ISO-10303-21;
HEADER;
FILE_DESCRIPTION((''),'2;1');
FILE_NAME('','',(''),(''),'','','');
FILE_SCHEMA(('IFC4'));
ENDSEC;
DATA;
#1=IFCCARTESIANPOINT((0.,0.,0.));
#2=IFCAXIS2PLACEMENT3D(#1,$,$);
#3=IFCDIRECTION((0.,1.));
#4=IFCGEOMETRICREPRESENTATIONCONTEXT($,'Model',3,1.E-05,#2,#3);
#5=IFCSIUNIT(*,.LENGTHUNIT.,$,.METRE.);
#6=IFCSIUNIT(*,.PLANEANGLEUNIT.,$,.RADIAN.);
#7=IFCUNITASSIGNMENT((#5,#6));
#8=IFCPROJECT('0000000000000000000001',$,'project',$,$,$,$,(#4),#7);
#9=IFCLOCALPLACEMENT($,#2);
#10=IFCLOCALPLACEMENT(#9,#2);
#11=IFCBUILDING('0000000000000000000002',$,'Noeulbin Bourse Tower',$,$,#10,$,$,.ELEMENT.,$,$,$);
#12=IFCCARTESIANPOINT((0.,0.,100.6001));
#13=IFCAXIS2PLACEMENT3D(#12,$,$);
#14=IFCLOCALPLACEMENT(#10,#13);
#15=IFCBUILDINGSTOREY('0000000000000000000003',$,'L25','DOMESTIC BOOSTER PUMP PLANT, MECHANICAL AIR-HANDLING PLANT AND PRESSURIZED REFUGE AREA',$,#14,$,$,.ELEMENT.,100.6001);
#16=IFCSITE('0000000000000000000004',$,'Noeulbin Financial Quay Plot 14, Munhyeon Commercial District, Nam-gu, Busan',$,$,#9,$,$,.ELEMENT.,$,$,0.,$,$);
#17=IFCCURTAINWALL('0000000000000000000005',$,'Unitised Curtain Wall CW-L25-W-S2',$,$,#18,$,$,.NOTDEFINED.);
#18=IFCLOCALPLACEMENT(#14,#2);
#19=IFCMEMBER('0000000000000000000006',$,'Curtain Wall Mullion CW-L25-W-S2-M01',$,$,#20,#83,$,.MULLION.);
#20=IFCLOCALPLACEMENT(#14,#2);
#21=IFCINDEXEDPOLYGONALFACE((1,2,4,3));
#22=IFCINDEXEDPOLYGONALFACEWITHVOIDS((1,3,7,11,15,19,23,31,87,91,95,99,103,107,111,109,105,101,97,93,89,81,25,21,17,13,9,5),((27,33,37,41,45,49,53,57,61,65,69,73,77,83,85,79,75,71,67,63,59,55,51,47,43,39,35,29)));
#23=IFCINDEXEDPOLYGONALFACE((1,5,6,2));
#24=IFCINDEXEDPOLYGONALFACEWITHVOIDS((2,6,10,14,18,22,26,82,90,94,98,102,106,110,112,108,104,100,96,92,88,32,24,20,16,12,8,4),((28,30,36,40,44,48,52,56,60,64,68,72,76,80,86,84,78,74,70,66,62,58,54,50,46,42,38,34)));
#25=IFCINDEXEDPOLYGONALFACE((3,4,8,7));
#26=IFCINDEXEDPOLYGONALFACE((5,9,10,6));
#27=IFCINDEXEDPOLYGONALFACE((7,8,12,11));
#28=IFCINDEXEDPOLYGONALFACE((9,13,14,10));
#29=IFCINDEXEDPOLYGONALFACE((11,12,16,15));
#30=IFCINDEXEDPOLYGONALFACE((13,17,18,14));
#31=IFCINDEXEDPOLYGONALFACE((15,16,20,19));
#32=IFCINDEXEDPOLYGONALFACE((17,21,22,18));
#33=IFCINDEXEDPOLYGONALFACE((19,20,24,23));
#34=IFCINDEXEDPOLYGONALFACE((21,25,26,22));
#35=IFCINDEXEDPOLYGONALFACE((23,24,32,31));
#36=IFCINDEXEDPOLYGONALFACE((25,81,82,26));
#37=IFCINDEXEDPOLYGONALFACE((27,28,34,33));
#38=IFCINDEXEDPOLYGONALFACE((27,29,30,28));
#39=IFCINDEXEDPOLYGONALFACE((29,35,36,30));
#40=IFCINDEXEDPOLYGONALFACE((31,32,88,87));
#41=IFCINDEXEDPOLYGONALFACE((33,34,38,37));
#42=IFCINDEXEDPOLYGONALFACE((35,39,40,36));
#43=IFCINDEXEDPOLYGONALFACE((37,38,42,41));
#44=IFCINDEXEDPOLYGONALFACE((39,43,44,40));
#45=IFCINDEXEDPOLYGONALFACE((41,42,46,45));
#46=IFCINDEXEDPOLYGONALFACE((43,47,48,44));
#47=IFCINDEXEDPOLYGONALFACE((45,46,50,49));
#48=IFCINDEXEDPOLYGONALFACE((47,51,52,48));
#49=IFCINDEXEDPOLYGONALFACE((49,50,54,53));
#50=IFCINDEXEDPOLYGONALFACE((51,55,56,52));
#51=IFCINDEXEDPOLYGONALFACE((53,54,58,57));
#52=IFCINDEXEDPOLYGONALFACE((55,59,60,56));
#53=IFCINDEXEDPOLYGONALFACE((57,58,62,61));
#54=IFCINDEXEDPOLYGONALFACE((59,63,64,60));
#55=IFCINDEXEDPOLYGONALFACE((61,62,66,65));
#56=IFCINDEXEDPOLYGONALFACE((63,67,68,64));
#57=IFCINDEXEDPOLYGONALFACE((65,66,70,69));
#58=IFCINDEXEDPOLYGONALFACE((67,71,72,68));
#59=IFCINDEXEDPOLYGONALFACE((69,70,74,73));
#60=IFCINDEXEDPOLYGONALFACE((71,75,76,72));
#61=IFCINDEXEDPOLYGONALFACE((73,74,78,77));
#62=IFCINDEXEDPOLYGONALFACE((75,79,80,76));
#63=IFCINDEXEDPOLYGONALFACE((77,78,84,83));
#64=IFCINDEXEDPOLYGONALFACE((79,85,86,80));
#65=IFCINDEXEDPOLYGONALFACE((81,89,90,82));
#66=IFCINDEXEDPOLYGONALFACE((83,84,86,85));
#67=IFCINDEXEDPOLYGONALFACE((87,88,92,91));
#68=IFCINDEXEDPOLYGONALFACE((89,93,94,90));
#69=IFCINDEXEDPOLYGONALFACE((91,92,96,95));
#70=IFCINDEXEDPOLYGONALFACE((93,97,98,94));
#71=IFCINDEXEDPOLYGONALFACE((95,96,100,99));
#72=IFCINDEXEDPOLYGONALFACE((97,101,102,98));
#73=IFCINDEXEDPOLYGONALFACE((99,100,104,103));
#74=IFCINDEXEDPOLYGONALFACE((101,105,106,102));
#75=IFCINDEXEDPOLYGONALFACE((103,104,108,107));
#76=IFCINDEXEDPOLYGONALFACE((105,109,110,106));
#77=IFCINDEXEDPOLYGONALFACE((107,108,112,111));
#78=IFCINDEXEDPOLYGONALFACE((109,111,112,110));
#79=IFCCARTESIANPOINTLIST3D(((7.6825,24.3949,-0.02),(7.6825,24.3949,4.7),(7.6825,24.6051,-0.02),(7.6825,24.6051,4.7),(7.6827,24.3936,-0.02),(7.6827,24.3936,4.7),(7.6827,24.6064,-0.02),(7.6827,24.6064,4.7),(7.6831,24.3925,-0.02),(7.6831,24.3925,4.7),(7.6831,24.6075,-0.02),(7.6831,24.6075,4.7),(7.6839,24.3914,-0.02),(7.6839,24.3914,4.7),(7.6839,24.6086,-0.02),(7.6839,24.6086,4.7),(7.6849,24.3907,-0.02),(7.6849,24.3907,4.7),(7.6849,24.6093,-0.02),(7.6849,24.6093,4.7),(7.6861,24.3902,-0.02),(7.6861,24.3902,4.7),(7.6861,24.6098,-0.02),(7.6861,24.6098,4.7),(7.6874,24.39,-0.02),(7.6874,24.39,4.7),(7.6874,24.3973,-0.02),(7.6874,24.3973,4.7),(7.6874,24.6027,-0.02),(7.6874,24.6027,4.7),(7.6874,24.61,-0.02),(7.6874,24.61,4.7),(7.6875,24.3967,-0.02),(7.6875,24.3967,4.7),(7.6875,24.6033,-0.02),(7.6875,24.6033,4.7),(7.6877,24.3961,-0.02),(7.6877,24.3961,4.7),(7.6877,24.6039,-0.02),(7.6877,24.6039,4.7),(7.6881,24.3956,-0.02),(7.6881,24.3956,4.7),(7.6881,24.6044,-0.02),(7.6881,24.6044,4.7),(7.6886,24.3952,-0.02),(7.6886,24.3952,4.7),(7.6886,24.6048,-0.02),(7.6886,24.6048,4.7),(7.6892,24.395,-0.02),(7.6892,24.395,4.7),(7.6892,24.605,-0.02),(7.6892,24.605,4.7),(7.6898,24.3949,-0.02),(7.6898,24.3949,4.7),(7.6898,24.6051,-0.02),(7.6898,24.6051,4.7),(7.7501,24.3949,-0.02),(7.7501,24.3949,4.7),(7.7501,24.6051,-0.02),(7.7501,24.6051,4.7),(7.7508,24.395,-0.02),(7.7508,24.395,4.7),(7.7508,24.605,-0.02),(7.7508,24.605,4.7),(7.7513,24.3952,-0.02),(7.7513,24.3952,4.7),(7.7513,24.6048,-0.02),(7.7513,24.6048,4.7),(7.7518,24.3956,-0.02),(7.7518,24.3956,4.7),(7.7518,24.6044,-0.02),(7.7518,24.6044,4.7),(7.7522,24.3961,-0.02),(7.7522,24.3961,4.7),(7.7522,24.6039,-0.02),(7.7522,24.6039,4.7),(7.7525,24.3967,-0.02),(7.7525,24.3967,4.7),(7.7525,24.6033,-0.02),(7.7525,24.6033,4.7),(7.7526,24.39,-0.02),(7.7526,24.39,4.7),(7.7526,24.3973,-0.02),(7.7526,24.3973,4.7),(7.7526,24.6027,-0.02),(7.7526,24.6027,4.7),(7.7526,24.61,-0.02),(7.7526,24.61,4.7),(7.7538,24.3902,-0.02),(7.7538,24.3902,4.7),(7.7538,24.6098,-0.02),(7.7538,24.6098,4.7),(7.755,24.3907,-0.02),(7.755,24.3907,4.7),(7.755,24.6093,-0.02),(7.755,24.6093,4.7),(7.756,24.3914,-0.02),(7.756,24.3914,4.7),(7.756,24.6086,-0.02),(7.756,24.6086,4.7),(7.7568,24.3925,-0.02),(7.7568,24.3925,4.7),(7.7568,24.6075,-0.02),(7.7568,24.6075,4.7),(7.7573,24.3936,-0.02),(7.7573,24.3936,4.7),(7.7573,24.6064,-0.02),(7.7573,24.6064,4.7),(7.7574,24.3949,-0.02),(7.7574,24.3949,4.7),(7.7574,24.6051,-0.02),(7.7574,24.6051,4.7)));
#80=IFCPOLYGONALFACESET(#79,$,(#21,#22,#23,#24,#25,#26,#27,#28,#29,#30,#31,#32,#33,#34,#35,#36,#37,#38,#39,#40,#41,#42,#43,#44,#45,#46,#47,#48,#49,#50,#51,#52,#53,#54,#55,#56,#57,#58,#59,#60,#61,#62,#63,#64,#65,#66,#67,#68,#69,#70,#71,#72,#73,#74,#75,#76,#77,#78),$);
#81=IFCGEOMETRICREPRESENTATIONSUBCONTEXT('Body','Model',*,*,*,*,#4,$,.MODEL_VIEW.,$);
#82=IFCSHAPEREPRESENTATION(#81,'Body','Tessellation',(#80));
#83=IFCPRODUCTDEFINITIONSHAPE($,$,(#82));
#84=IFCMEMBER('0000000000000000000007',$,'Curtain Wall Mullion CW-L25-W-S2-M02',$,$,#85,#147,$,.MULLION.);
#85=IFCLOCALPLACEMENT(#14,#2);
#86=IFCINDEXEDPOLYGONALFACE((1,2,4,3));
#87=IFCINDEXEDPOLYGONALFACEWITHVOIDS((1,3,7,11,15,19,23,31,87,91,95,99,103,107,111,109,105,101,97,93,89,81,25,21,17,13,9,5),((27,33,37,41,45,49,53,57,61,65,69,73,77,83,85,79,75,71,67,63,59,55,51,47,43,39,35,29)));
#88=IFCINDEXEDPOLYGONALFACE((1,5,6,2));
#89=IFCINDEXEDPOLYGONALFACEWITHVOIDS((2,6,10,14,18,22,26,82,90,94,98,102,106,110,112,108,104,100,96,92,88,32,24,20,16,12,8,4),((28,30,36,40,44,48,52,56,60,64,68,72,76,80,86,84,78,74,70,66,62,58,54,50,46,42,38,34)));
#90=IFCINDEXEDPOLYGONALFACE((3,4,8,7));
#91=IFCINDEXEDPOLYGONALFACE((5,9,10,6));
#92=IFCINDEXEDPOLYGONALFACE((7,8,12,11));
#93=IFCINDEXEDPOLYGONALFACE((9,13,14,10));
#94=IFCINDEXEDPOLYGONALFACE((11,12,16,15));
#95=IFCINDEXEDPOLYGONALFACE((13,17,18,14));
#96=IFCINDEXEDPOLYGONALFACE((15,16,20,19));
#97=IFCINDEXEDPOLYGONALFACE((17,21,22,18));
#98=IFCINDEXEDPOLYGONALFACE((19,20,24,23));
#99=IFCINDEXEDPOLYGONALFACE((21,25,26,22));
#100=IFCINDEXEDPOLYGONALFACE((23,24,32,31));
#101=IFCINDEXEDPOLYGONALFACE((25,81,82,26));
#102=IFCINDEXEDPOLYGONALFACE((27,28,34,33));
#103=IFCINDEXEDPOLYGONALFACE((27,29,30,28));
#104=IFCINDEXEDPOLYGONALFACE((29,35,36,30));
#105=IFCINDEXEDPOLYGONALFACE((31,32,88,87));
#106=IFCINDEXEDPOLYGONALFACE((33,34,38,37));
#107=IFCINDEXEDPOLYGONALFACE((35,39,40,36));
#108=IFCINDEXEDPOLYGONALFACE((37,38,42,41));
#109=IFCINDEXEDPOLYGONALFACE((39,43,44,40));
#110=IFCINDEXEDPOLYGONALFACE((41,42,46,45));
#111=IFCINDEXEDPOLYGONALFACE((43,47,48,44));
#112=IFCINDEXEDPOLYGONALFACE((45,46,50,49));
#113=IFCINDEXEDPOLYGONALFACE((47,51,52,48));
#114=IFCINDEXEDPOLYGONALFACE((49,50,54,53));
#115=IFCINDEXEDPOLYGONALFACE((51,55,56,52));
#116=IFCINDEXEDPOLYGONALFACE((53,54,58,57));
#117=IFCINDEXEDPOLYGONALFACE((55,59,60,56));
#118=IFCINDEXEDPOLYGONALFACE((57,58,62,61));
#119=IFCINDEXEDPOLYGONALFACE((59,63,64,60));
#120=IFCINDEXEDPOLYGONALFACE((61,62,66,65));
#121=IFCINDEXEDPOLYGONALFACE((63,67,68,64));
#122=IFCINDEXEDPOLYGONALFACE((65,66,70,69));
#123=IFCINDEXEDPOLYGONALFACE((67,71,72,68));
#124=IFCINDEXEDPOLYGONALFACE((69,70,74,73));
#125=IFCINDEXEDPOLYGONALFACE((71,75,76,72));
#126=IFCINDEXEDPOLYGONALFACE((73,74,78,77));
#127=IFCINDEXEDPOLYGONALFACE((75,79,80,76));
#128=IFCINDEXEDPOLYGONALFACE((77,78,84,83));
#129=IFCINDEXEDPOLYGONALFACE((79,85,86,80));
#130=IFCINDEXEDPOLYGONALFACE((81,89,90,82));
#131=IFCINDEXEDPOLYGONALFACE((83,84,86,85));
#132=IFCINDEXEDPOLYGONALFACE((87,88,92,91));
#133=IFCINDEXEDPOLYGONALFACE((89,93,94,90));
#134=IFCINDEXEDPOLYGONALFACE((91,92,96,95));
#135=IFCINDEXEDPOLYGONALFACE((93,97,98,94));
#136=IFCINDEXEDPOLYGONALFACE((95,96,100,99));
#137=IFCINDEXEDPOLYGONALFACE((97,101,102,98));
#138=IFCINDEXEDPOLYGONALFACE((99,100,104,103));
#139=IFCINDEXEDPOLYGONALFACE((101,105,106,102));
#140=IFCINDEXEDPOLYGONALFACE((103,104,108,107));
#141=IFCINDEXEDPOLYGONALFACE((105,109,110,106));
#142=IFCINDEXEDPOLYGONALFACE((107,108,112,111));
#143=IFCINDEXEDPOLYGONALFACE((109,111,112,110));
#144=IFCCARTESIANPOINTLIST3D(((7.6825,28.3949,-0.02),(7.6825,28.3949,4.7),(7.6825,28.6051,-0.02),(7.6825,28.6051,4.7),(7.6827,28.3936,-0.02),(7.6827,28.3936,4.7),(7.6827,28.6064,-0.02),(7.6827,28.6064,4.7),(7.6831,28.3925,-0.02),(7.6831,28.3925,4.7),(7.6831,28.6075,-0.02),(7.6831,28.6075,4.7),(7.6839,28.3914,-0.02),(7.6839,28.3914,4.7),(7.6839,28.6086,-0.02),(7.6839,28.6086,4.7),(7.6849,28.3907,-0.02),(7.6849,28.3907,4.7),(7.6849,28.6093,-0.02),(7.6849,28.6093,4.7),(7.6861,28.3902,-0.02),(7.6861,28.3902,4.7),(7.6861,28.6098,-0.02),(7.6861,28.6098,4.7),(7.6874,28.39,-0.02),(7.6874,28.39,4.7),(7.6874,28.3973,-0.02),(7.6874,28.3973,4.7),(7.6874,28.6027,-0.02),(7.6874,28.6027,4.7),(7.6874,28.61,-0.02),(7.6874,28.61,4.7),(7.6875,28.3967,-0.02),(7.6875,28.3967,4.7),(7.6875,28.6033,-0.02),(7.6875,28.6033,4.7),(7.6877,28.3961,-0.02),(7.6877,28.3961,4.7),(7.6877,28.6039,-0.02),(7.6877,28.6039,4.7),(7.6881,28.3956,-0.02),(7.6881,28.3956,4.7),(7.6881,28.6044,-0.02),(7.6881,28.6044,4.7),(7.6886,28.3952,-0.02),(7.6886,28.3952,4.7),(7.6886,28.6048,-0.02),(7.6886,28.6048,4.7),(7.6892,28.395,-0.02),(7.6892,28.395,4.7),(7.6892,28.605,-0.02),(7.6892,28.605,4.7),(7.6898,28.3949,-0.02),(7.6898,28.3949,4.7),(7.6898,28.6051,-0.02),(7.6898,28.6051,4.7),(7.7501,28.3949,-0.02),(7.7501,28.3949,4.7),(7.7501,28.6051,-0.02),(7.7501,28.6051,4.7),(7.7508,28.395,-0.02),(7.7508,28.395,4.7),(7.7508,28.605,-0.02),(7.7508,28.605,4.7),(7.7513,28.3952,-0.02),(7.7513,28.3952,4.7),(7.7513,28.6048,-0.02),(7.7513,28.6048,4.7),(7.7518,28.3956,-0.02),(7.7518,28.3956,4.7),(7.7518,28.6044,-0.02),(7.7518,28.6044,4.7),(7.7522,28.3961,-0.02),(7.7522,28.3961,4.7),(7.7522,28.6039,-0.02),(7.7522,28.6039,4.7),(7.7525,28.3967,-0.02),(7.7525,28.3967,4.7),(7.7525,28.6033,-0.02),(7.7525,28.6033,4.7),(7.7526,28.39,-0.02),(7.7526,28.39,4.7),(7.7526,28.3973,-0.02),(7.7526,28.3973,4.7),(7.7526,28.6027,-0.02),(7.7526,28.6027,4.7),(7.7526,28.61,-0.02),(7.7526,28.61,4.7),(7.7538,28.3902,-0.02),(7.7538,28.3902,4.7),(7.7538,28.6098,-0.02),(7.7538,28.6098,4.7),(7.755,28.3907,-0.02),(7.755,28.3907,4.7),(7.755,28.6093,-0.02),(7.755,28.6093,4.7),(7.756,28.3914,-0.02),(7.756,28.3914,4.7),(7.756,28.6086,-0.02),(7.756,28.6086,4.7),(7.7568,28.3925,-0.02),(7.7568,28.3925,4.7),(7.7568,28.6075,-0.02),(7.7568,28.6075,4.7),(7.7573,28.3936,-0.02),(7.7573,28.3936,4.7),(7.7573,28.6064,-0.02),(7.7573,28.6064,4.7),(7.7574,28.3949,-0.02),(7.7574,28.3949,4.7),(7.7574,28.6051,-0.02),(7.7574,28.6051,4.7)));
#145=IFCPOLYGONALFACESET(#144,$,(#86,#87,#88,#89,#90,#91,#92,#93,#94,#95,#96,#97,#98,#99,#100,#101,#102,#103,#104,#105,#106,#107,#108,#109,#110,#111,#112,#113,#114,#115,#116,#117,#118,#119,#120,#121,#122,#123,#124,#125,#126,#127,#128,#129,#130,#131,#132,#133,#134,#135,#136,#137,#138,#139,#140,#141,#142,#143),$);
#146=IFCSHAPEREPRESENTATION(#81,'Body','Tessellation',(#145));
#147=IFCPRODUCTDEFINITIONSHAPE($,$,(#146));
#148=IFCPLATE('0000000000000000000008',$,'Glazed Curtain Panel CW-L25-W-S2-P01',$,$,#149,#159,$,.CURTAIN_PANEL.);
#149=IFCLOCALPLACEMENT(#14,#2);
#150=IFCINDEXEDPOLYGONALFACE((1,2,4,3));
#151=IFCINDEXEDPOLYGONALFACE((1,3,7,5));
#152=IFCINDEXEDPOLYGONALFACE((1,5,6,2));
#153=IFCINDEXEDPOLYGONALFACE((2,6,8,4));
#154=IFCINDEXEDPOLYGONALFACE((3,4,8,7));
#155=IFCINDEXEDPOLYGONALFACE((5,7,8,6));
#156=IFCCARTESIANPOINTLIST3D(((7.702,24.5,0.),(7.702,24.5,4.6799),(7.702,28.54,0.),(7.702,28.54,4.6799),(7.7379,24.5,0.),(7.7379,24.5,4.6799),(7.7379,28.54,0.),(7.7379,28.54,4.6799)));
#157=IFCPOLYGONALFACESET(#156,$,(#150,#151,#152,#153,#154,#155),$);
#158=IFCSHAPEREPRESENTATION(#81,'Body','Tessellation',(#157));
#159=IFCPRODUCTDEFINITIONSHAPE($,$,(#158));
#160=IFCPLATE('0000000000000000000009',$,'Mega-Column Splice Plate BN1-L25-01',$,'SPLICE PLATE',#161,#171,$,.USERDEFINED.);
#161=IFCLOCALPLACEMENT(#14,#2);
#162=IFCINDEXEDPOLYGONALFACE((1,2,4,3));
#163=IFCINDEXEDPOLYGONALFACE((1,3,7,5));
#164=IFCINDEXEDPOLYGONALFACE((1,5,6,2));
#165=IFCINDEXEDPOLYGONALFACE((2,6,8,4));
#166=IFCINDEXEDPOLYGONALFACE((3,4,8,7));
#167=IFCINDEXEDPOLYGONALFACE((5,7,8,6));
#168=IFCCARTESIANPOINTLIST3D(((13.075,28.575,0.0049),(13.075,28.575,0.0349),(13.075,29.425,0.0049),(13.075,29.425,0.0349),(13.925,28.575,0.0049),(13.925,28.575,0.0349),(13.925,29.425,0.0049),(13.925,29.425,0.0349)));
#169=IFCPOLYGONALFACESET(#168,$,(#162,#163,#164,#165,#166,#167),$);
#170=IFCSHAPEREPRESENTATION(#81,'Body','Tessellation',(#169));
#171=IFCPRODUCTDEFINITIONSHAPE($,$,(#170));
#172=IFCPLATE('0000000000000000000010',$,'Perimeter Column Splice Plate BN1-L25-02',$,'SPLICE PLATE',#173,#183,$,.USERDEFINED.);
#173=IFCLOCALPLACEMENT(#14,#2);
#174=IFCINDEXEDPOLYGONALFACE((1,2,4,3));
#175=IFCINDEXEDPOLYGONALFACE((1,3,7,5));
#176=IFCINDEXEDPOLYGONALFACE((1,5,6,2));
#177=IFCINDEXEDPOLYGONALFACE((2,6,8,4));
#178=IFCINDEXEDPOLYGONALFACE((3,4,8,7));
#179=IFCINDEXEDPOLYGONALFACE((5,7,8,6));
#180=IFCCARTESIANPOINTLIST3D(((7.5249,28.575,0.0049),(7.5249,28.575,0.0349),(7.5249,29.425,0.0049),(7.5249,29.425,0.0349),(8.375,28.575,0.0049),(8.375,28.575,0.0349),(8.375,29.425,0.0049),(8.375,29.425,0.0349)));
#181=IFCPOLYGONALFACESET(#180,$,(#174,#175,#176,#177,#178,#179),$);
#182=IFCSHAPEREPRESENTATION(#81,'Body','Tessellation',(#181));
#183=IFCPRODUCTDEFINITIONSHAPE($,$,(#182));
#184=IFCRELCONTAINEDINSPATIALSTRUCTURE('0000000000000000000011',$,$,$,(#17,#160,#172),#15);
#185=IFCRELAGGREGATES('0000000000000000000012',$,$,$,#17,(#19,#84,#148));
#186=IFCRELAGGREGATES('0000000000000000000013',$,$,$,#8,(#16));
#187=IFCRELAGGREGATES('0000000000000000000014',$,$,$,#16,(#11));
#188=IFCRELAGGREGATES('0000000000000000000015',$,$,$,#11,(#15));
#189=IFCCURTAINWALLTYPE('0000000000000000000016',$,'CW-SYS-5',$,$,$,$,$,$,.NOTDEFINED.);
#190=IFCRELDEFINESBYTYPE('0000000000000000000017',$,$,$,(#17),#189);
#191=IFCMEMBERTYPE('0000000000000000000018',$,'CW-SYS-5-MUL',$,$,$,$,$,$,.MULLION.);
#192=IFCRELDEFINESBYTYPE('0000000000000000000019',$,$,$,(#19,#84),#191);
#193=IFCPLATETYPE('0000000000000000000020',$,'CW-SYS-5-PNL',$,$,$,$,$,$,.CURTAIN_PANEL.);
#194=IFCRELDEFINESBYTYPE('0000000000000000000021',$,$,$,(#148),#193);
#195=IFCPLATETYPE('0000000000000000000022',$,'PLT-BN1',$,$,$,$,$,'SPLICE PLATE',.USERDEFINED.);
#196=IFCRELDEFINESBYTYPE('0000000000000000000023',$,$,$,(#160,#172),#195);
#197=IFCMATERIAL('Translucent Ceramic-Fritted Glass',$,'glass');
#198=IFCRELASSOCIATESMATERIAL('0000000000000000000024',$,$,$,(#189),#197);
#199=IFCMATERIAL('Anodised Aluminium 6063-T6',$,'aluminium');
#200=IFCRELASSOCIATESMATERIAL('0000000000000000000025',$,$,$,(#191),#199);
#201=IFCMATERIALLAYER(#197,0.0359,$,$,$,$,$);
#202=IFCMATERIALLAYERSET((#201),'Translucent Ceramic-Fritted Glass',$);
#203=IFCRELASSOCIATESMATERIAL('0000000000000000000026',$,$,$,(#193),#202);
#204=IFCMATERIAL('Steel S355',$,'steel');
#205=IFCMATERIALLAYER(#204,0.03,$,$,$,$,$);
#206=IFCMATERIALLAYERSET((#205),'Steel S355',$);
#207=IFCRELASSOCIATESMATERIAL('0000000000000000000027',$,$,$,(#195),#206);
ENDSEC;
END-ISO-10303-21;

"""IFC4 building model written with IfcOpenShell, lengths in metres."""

from ifc_helpers import new_model, si_unit, direction, frame, origin, origin_2d, place, context, subcontext, project, spatial, rectangle, hollow_rectangle, extrude, material, layer, layer_set, material_profile, profile_set, type_object, element, aggregate, save


model = new_model("IFC4")

# Units and contexts
model_context = context("Model", 3, precision=1e-05, world=origin(), true_north=direction((0.0, 1.0)))
body_context = subcontext(model_context, "Body", "Model", "MODEL_VIEW")
ifc_project = project(units=[si_unit("LENGTHUNIT", "METRE"), si_unit("PLANEANGLEUNIT", "RADIAN")], contexts=[model_context])

# Site, building, storey
site_placement = place(None, origin())
site = spatial("IfcSite", under=ifc_project, at=site_placement, Name="Noeulbin Financial Quay Plot 14, Munhyeon Commercial District, Nam-gu, Busan", CompositionType="ELEMENT", RefElevation=0.0)
building_placement = place(site_placement, origin())
building = spatial("IfcBuilding", under=site, at=building_placement, Name="Noeulbin Bourse Tower", CompositionType="ELEMENT")
storey_placement = place(building_placement, frame((0.0, 0.0, 100.6001)))
storey = spatial("IfcBuildingStorey", under=building, at=storey_placement, Name="L25", Description="DOMESTIC BOOSTER PUMP PLANT, MECHANICAL AIR-HANDLING PLANT AND PRESSURIZED REFUGE AREA", CompositionType="ELEMENT", Elevation=100.6001)

# Shared definitions
ifc_material_1 = material(Name="Steel S355", Category="steel")

# Curtain wall, members, plate
ifc_material_2 = material(Name="Translucent Ceramic-Fritted Glass", Category="glass")
curtain_wall_type = type_object("IfcCurtainWallType", Name="CW-SYS-5", PredefinedType="NOTDEFINED", material=ifc_material_2)
curtain_wall_placement = place(storey_placement, origin())
curtain_wall = element("IfcCurtainWall", 1, at=curtain_wall_placement, inside=storey, type_object=curtain_wall_type, Name="Unitised Curtain Wall CW-L25-W-S2", PredefinedType="NOTDEFINED")
ifc_material_3 = material(Name="Anodised Aluminium 6063-T6", Category="aluminium")
ifc_material_profile_1 = material_profile(ifc_material_3, hollow_rectangle(XDim=0.075, YDim=0.22, WallThickness=0.0049, InnerFilletRadius=0.0024, OuterFilletRadius=0.0049, at=origin_2d()), Name="ALU-MULL-75x220x5", Category="LoadBearing")
ifc_profile_set_1 = profile_set([ifc_material_profile_1], Name="Anodised Aluminium 6063-T6")
member_type = type_object("IfcMemberType", Name="CW-SYS-5-MUL", PredefinedType="MULLION", material=ifc_profile_set_1)
member_1_placement = place(storey_placement, frame((7.72, 24.5, -0.02), z_axis=(0.0, 0.0, 1.0), x_axis=(1.0, 0.0, 0.0)))
member_1 = element("IfcMember", 2, at=member_1_placement, type_object=member_type, Name="Curtain Wall Mullion CW-L25-W-S2-M01", PredefinedType="MULLION", context=body_context, shape_type="SweptSolid", body=[
    extrude(hollow_rectangle(XDim=0.075, YDim=0.22, WallThickness=0.0049, InnerFilletRadius=0.0024, OuterFilletRadius=0.0049, at=origin_2d()), origin(), (0.0, 0.0, 1.0), 4.72),
])
member_2_placement = place(storey_placement, frame((7.72, 28.5, -0.02), z_axis=(0.0, 0.0, 1.0), x_axis=(1.0, 0.0, 0.0)))
member_2 = element("IfcMember", 3, at=member_2_placement, type_object=member_type, Name="Curtain Wall Mullion CW-L25-W-S2-M02", PredefinedType="MULLION", context=body_context, shape_type="SweptSolid", body=[
    extrude(hollow_rectangle(XDim=0.075, YDim=0.22, WallThickness=0.0049, InnerFilletRadius=0.0024, OuterFilletRadius=0.0049, at=origin_2d()), origin(), (0.0, 0.0, 1.0), 4.72),
])
ifc_layer_1 = layer(ifc_material_2, 0.0359)
ifc_layer_set_1 = layer_set([ifc_layer_1], Name="Translucent Ceramic-Fritted Glass")
plate_type_1 = type_object("IfcPlateType", Name="CW-SYS-5-PNL", PredefinedType="CURTAIN_PANEL", material=ifc_layer_set_1)
plate_placement = place(storey_placement, frame((7.72, 26.52, 0.0), z_axis=(0.0, 0.0, 1.0), x_axis=(0.0, 1.0, 0.0)))
plate = element("IfcPlate", 4, at=plate_placement, type_object=plate_type_1, Name="Glazed Curtain Panel CW-L25-W-S2-P01", PredefinedType="CURTAIN_PANEL", context=body_context, shape_type="SweptSolid", body=[
    extrude(rectangle(XDim=4.04, YDim=0.0359, at=origin_2d()), origin(), (0.0, 0.0, 1.0), 4.6799),
])
aggregate(curtain_wall, [member_1, member_2, plate])

# Plates
ifc_layer_2 = layer(ifc_material_1, 0.03)
ifc_layer_set_2 = layer_set([ifc_layer_2], Name="Steel S355")
plate_type_2 = type_object("IfcPlateType", Name="PLT-BN1", ElementType="SPLICE PLATE", PredefinedType="USERDEFINED", material=ifc_layer_set_2)
for number, where, z_axis, x_axis, name in (
    (5, (13.5, 29.0, 0.0049), (0.0, 0.0, 1.0), (1.0, 0.0, 0.0), "Mega-Column Splice Plate BN1-L25-01"),
    (6, (7.95, 29.0, 0.0049), (0.0, 0.0, 1.0), (1.0, 0.0, 0.0), "Perimeter Column Splice Plate BN1-L25-02"),
):
    element("IfcPlate", number, at=place(storey_placement, frame(where, z_axis=z_axis, x_axis=x_axis)), inside=storey, type_object=plate_type_2, Name=name, ObjectType="SPLICE PLATE", PredefinedType="USERDEFINED", context=body_context, shape_type="SweptSolid", body=[
        extrude(rectangle(XDim=0.8501, YDim=0.8501, at=origin_2d()), origin(), (0.0, 0.0, 1.0), 0.03),
    ])

save(model, "model.ifc")
